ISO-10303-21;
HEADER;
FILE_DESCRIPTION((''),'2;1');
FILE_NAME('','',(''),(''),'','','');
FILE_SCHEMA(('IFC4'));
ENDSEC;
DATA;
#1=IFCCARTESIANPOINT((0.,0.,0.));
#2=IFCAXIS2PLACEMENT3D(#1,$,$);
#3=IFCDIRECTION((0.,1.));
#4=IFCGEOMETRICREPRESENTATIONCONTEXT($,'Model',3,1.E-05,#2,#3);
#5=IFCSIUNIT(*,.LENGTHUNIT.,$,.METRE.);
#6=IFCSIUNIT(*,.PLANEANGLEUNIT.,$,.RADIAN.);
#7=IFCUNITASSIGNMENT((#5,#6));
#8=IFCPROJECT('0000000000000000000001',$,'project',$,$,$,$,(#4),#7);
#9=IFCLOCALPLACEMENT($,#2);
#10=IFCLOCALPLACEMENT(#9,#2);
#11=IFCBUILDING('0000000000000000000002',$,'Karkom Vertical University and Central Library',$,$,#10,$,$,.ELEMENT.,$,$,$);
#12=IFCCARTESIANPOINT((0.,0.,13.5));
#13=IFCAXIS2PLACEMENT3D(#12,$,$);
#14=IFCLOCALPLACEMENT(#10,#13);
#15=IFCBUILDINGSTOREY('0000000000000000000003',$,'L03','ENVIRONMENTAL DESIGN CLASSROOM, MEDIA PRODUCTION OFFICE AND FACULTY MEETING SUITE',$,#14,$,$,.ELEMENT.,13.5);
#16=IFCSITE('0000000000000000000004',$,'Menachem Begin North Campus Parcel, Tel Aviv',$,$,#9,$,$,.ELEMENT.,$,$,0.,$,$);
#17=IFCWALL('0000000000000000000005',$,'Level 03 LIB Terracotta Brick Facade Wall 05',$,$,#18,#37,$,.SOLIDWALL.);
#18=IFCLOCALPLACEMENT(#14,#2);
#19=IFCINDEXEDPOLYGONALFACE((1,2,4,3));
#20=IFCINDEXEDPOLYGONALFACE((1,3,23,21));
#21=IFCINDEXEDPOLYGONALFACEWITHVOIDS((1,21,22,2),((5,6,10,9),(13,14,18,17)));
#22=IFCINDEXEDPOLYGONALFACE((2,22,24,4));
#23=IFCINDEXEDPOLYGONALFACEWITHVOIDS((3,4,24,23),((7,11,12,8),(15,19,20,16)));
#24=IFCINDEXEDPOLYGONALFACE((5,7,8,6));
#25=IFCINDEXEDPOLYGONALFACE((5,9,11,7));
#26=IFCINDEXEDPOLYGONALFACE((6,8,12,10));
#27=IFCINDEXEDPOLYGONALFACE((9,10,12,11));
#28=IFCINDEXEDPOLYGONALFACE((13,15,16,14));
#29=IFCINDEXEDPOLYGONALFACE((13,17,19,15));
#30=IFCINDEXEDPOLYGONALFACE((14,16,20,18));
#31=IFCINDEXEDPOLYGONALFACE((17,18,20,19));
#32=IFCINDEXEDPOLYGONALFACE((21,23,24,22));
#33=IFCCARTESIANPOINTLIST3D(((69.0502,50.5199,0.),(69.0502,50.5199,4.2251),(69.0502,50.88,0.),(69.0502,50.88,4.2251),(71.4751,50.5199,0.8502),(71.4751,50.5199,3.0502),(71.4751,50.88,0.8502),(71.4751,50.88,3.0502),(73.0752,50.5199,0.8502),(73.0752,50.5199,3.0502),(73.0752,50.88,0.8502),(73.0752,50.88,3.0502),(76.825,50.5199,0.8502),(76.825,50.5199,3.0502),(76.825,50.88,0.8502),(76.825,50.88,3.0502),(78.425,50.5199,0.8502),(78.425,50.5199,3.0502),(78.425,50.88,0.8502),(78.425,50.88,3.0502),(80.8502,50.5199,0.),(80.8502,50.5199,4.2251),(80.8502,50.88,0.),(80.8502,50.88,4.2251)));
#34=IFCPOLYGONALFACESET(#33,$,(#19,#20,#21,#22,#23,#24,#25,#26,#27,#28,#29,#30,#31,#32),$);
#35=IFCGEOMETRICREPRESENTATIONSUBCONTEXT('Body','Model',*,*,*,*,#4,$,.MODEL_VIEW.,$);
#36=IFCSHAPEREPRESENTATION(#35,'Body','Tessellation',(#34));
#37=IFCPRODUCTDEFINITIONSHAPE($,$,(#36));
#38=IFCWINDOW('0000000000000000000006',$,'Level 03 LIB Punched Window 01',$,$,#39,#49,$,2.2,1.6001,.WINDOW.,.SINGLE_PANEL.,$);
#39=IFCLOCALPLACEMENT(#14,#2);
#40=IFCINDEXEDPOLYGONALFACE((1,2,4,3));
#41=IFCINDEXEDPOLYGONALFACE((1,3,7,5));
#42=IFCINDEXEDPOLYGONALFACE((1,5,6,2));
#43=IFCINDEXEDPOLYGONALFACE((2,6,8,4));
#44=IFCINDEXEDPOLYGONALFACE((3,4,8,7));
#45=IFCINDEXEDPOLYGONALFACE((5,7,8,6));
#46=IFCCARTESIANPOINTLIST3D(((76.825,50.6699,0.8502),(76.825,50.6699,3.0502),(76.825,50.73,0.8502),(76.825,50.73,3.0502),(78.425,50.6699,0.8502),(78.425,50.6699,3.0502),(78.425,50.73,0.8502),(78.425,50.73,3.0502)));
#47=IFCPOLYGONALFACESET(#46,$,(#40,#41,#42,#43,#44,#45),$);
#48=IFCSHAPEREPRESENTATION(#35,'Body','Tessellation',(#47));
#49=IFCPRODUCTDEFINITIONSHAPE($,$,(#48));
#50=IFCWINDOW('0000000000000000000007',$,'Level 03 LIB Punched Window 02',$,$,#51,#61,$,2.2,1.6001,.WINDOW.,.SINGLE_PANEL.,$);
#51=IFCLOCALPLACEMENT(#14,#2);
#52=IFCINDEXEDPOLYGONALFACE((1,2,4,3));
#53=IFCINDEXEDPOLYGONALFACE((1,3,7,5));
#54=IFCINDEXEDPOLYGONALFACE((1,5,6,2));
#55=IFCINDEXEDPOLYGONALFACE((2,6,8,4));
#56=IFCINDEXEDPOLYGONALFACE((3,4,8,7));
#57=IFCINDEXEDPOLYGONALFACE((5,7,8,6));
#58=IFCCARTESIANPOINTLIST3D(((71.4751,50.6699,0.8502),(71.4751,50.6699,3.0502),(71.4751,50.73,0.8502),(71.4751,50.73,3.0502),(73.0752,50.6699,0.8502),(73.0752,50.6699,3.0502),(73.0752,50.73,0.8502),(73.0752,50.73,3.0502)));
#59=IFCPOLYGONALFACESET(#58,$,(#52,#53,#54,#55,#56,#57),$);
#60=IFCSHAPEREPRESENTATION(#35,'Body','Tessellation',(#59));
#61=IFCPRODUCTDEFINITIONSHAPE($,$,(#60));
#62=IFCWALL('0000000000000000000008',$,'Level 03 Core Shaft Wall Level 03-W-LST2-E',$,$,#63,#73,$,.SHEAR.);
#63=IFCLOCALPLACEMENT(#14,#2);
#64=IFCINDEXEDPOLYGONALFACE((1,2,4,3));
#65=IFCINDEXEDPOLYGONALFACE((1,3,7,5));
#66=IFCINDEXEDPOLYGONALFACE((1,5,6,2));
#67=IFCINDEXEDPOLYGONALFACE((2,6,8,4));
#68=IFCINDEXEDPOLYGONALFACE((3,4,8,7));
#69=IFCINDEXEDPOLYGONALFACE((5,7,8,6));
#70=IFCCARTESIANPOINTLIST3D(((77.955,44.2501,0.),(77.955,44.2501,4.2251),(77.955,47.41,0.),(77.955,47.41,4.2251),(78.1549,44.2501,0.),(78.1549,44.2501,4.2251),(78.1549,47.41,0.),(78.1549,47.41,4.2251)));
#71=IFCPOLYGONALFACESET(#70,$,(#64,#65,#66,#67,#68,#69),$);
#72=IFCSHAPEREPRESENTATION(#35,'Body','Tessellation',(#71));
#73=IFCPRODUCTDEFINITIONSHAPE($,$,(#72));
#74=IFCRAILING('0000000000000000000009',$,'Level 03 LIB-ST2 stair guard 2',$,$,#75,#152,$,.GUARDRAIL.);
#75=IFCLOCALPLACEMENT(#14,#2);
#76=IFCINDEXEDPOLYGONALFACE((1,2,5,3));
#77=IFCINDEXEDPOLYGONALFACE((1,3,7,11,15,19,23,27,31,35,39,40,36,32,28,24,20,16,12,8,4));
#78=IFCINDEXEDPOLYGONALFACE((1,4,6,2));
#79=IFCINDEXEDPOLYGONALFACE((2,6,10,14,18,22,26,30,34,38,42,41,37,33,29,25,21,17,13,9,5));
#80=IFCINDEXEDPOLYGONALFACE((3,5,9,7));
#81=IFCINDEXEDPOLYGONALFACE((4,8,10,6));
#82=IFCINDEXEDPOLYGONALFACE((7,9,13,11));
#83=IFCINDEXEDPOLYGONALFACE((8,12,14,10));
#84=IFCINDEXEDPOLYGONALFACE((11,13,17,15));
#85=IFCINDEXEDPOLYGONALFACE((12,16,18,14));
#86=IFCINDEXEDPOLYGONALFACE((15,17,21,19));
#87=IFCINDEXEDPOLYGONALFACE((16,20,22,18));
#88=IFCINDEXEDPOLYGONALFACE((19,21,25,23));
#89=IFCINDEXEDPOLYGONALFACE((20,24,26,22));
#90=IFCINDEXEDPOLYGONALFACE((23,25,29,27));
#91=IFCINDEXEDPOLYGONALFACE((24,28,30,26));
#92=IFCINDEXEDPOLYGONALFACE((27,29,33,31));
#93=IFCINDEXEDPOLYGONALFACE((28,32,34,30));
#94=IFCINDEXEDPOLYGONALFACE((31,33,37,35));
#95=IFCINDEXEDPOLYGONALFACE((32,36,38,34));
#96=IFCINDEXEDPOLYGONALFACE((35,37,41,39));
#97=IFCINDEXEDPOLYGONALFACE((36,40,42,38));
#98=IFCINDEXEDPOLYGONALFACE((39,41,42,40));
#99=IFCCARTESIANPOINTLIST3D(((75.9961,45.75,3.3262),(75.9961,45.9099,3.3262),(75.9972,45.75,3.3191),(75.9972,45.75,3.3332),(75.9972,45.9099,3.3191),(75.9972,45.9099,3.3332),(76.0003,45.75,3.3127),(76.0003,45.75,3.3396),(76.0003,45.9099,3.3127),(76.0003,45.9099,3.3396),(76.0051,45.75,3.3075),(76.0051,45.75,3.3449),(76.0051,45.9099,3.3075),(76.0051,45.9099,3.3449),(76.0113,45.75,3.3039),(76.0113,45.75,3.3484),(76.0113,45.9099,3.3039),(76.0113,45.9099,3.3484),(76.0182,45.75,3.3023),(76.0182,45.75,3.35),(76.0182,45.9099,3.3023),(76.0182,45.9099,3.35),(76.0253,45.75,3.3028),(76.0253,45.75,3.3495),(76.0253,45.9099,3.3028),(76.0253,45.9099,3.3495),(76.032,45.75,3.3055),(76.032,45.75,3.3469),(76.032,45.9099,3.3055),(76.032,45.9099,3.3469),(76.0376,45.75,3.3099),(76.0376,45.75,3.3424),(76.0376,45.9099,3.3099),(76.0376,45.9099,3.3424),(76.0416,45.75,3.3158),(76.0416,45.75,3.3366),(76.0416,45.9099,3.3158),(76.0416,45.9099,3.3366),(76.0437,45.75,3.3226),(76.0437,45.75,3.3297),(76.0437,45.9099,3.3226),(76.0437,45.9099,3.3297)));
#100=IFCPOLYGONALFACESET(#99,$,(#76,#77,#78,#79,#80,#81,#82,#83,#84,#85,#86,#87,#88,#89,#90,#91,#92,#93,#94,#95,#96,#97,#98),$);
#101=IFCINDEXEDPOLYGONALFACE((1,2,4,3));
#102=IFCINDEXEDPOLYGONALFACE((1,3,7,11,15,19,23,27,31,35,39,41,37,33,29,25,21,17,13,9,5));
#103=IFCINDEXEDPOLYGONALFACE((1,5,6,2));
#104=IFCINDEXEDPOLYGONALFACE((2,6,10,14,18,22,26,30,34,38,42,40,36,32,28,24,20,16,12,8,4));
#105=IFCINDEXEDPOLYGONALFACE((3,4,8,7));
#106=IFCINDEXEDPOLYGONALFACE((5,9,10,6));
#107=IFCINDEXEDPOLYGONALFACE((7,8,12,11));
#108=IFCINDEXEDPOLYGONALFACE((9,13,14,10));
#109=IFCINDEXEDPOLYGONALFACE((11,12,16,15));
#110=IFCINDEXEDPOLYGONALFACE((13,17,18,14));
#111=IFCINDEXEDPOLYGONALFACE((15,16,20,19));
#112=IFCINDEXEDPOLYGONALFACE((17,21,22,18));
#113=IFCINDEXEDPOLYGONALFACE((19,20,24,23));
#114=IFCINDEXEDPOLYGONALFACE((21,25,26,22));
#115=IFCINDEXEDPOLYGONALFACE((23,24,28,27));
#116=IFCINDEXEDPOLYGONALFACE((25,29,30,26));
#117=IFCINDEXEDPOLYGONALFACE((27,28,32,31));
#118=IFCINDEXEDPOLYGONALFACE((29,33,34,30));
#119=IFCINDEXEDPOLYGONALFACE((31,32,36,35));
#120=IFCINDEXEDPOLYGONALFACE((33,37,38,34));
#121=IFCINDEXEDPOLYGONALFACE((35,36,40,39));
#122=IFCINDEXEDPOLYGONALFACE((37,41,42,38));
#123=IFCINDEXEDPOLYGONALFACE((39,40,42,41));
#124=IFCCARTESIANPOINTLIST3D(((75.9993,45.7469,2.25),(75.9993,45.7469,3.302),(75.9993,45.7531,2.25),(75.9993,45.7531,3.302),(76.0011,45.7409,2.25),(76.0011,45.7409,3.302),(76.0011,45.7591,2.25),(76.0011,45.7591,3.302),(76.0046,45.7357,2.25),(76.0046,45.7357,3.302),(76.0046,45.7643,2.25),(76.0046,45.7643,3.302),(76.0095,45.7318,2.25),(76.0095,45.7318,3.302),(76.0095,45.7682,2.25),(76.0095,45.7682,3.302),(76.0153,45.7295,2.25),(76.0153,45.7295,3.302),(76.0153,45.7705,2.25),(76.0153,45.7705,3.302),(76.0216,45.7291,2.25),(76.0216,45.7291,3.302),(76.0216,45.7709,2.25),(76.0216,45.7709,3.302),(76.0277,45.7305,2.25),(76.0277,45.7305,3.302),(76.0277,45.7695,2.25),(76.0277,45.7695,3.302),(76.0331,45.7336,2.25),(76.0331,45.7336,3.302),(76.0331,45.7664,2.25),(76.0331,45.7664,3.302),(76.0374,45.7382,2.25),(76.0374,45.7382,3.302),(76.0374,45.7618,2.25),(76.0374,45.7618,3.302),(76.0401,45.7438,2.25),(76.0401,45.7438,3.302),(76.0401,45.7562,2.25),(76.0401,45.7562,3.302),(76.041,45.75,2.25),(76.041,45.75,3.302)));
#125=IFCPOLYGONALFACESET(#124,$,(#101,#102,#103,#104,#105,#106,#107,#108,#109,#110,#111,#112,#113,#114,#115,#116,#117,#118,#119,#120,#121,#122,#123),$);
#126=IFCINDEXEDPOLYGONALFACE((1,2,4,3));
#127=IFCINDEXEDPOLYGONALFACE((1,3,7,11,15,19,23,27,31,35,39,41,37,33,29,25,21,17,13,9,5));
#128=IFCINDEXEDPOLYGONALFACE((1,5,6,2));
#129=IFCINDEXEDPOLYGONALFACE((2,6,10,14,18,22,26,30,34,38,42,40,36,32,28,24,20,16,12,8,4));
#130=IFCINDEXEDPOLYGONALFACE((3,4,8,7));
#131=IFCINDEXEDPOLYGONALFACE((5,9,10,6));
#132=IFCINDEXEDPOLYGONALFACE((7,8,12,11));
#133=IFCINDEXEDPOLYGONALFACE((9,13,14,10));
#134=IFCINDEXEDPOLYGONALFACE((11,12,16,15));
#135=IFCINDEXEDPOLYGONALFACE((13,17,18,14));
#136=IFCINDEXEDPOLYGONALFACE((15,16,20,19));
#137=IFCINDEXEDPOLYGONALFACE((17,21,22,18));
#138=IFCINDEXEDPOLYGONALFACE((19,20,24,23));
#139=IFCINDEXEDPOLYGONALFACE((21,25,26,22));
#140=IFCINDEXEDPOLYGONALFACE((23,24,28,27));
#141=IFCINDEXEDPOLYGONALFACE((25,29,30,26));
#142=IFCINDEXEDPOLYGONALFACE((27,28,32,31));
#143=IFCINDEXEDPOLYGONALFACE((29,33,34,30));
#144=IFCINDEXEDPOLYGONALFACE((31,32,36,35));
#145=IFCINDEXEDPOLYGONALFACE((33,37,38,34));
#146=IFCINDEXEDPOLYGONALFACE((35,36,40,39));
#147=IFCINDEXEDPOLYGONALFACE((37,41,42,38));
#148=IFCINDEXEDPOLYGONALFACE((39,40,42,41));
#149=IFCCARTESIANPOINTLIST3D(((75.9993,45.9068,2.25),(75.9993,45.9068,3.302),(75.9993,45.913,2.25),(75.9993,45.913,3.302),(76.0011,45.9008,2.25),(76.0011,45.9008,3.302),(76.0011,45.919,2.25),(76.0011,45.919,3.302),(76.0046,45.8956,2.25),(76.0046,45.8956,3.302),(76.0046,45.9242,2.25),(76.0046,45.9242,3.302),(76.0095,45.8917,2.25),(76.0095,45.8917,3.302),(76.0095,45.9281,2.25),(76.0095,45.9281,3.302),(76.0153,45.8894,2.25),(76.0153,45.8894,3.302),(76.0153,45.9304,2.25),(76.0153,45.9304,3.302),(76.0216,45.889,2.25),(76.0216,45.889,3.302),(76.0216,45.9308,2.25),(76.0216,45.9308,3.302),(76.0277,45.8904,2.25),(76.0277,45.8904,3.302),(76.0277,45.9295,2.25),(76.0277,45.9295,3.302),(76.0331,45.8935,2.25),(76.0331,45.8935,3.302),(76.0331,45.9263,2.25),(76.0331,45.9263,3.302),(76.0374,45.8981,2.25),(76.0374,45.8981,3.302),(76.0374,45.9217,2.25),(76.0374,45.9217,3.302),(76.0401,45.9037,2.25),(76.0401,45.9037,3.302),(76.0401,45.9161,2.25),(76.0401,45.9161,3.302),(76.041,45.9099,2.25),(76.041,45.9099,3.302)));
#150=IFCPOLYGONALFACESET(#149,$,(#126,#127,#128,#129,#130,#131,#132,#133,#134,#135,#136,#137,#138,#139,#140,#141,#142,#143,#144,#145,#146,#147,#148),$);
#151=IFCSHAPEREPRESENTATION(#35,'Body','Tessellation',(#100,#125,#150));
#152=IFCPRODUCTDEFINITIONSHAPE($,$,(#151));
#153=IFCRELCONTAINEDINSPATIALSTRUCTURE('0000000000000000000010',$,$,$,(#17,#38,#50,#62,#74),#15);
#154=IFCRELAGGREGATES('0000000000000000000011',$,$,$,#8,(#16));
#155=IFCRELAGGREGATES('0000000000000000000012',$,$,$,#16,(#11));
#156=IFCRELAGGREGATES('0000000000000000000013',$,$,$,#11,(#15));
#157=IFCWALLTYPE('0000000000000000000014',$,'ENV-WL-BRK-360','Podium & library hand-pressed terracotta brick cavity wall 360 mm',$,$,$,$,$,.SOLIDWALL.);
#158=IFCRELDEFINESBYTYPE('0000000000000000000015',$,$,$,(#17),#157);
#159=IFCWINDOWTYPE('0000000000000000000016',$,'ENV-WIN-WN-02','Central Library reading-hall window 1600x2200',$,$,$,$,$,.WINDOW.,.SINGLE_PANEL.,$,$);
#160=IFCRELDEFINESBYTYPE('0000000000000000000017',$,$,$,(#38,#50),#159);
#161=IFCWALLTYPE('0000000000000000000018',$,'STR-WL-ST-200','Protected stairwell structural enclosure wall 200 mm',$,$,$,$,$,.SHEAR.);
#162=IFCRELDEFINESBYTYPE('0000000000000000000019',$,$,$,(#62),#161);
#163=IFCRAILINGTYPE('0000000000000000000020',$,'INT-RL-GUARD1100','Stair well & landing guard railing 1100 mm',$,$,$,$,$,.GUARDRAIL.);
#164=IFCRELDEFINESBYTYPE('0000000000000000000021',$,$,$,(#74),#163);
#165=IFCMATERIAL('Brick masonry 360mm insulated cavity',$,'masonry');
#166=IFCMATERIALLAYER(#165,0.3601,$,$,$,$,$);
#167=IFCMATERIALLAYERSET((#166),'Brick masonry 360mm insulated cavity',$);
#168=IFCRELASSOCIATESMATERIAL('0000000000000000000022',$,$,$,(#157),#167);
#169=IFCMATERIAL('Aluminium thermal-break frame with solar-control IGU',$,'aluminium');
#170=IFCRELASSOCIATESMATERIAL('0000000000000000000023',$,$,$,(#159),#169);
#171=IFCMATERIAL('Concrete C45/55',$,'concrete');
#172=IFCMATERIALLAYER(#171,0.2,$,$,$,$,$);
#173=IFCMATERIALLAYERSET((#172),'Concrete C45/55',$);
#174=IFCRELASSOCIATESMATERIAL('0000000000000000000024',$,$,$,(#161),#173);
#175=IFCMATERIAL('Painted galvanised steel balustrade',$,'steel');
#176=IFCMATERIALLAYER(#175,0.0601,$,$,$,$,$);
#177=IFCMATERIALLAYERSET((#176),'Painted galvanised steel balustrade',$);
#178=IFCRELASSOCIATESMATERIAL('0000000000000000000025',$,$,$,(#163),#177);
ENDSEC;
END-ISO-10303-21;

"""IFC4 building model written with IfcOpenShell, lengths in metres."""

from ifc_helpers import new_model, si_unit, direction, frame, frame_2d, origin, origin_with_axes, origin_2d, place, context, subcontext, project, spatial, rectangle, circle, extrude, source, transform, mapped, material, layer, layer_set, type_object, element, fill, save


model = new_model("IFC4")

# Units and contexts
model_context = context("Model", 3, precision=1e-05, world=origin(), true_north=direction((0.0, 1.0)))
body_context = subcontext(model_context, "Body", "Model", "MODEL_VIEW")
ifc_project = project(units=[si_unit("LENGTHUNIT", "METRE"), si_unit("PLANEANGLEUNIT", "RADIAN")], contexts=[model_context])

# Site, building, storey
site_placement = place(None, origin())
site = spatial("IfcSite", under=ifc_project, at=site_placement, Name="Menachem Begin North Campus Parcel, Tel Aviv", CompositionType="ELEMENT", RefElevation=0.0)
building_placement = place(site_placement, origin())
building = spatial("IfcBuilding", under=site, at=building_placement, Name="Karkom Vertical University and Central Library", CompositionType="ELEMENT")
storey_placement = place(building_placement, frame((0.0, 0.0, 13.5)))
storey = spatial("IfcBuildingStorey", under=building, at=storey_placement, Name="L03", Description="ENVIRONMENTAL DESIGN CLASSROOM, MEDIA PRODUCTION OFFICE AND FACULTY MEETING SUITE", CompositionType="ELEMENT", Elevation=13.5)

# Shared definitions
ifc_material_1 = material(Name="Brick masonry 360mm insulated cavity", Category="masonry")
ifc_layer_1 = layer(ifc_material_1, 0.3601)
ifc_layer_set_1 = layer_set([ifc_layer_1], Name="Brick masonry 360mm insulated cavity")
wall_type_1 = type_object("IfcWallType", Name="ENV-WL-BRK-360", Description="Podium & library hand-pressed terracotta brick cavity wall 360 mm", PredefinedType="SOLIDWALL", material=ifc_layer_set_1)

# Wall, openings, windows
wall_1_placement = place(storey_placement, frame((80.8501, 50.7, 0.0), z_axis=(0.0, 0.0, 1.0), x_axis=(-1.0, 0.0, 0.0)))
wall_1 = element("IfcWall", 1, at=wall_1_placement, inside=storey, type_object=wall_type_1, Name="Level 03 LIB Terracotta Brick Facade Wall 05", PredefinedType="SOLIDWALL", context=body_context, shape_type="SweptSolid", body=[
    extrude(rectangle(XDim=11.8, YDim=0.3601, at=frame_2d((5.8999, 0.0))), origin(), (0.0, 0.0, 1.0), 4.2251),
])
opening_1_placement = place(wall_1_placement, frame((2.425, 0.0, 0.8501)))
opening_1 = element("IfcOpeningElement", 2, at=opening_1_placement, cuts=wall_1, PredefinedType="OPENING", context=body_context, shape_type="SweptSolid", body=[
    extrude(rectangle(XDim=1.6001, YDim=2.2, at=frame_2d((0.8, 1.1001))), frame((0.0, 0.1899, 0.0), z_axis=(0.0, -1.0, 0.0), x_axis=(1.0, 0.0, 0.0)), (0.0, 0.0, 1.0), 0.3801),
])
opening_2_placement = place(wall_1_placement, frame((7.7749, 0.0, 0.8501)))
opening_2 = element("IfcOpeningElement", 3, at=opening_2_placement, cuts=wall_1, PredefinedType="OPENING", context=body_context, shape_type="SweptSolid", body=[
    extrude(rectangle(XDim=1.6001, YDim=2.2, at=frame_2d((0.8, 1.1001))), frame((0.0, 0.1899, 0.0), z_axis=(0.0, -1.0, 0.0), x_axis=(1.0, 0.0, 0.0)), (0.0, 0.0, 1.0), 0.3801),
])
ifc_material_2 = material(Name="Aluminium thermal-break frame with solar-control IGU", Category="aluminium")
window_type = type_object("IfcWindowType", Name="ENV-WIN-WN-02", Description="Central Library reading-hall window 1600x2200", PartitioningType="SINGLE_PANEL", PredefinedType="WINDOW", material=ifc_material_2)
shared_shape_1 = source(origin_with_axes(), body_context, "Body", "SweptSolid", [
    extrude(rectangle(XDim=1.6001, YDim=2.2, at=frame_2d((0.8, 1.1001))), frame((0.0, 0.03, 0.0), z_axis=(0.0, -1.0, 0.0), x_axis=(1.0, 0.0, 0.0)), (0.0, 0.0, 1.0), 0.0601),
])
window_1_placement = place(opening_1_placement, origin())
window_1 = element("IfcWindow", 4, at=window_1_placement, inside=storey, type_object=window_type, Name="Level 03 LIB Punched Window 01", OverallHeight=2.2, OverallWidth=1.6001, PartitioningType="SINGLE_PANEL", PredefinedType="WINDOW", context=body_context, shape_type="MappedRepresentation", body=[
    mapped(shared_shape_1, transform((0.0, 0.0, 0.0), scale=1.0)),
])
fill(opening_1, window_1)
window_2_placement = place(opening_2_placement, origin())
window_2 = element("IfcWindow", 5, at=window_2_placement, inside=storey, type_object=window_type, Name="Level 03 LIB Punched Window 02", OverallHeight=2.2, OverallWidth=1.6001, PartitioningType="SINGLE_PANEL", PredefinedType="WINDOW", context=body_context, shape_type="MappedRepresentation", body=[
    mapped(shared_shape_1, transform((0.0, 0.0, 0.0), scale=1.0)),
])
fill(opening_2, window_2)

# Wall
ifc_material_3 = material(Name="Concrete C45/55", Category="concrete")
ifc_layer_2 = layer(ifc_material_3, 0.2)
ifc_layer_set_2 = layer_set([ifc_layer_2], Name="Concrete C45/55")
wall_type_2 = type_object("IfcWallType", Name="STR-WL-ST-200", Description="Protected stairwell structural enclosure wall 200 mm", PredefinedType="SHEAR", material=ifc_layer_set_2)
wall_2_placement = place(storey_placement, frame((78.0549, 44.25, 0.0), z_axis=(0.0, 0.0, 1.0), x_axis=(0.0, 1.0, 0.0)))
element("IfcWall", 6, at=wall_2_placement, inside=storey, type_object=wall_type_2, Name="Level 03 Core Shaft Wall Level 03-W-LST2-E", PredefinedType="SHEAR", context=body_context, shape_type="SweptSolid", body=[
    extrude(rectangle(XDim=3.1599, YDim=0.2, at=frame_2d((1.5801, 0.0))), origin(), (0.0, 0.0, 1.0), 4.2251),
])

# Railing
ifc_material_4 = material(Name="Painted galvanised steel balustrade", Category="steel")
ifc_layer_3 = layer(ifc_material_4, 0.0601)
ifc_layer_set_3 = layer_set([ifc_layer_3], Name="Painted galvanised steel balustrade")
railing_type = type_object("IfcRailingType", Name="INT-RL-GUARD1100", Description="Stair well & landing guard railing 1100 mm", PredefinedType="GUARDRAIL", material=ifc_layer_set_3)
railing_placement = place(storey_placement, frame((76.02, 45.75, 2.25)))
element("IfcRailing", 7, at=railing_placement, inside=storey, type_object=railing_type, Name="Level 03 LIB-ST2 stair guard 2", PredefinedType="GUARDRAIL", context=body_context, shape_type="SweptSolid", body=[
    extrude(circle(Radius=0.0239, at=origin_2d()), frame((0.0, 0.0, 1.0762), z_axis=(0.0, 1.0, 0.0), x_axis=(-1.0, 0.0, 0.0)), (0.0, 0.0, 1.0), 0.1599),
    extrude(circle(Radius=0.021, at=origin_2d()), origin(), (0.0, 0.0, 1.0), 1.052),
    extrude(circle(Radius=0.021, at=origin_2d()), frame((0.0, 0.1599, 0.0)), (0.0, 0.0, 1.0), 1.052),
])

save(model, "model.ifc")
